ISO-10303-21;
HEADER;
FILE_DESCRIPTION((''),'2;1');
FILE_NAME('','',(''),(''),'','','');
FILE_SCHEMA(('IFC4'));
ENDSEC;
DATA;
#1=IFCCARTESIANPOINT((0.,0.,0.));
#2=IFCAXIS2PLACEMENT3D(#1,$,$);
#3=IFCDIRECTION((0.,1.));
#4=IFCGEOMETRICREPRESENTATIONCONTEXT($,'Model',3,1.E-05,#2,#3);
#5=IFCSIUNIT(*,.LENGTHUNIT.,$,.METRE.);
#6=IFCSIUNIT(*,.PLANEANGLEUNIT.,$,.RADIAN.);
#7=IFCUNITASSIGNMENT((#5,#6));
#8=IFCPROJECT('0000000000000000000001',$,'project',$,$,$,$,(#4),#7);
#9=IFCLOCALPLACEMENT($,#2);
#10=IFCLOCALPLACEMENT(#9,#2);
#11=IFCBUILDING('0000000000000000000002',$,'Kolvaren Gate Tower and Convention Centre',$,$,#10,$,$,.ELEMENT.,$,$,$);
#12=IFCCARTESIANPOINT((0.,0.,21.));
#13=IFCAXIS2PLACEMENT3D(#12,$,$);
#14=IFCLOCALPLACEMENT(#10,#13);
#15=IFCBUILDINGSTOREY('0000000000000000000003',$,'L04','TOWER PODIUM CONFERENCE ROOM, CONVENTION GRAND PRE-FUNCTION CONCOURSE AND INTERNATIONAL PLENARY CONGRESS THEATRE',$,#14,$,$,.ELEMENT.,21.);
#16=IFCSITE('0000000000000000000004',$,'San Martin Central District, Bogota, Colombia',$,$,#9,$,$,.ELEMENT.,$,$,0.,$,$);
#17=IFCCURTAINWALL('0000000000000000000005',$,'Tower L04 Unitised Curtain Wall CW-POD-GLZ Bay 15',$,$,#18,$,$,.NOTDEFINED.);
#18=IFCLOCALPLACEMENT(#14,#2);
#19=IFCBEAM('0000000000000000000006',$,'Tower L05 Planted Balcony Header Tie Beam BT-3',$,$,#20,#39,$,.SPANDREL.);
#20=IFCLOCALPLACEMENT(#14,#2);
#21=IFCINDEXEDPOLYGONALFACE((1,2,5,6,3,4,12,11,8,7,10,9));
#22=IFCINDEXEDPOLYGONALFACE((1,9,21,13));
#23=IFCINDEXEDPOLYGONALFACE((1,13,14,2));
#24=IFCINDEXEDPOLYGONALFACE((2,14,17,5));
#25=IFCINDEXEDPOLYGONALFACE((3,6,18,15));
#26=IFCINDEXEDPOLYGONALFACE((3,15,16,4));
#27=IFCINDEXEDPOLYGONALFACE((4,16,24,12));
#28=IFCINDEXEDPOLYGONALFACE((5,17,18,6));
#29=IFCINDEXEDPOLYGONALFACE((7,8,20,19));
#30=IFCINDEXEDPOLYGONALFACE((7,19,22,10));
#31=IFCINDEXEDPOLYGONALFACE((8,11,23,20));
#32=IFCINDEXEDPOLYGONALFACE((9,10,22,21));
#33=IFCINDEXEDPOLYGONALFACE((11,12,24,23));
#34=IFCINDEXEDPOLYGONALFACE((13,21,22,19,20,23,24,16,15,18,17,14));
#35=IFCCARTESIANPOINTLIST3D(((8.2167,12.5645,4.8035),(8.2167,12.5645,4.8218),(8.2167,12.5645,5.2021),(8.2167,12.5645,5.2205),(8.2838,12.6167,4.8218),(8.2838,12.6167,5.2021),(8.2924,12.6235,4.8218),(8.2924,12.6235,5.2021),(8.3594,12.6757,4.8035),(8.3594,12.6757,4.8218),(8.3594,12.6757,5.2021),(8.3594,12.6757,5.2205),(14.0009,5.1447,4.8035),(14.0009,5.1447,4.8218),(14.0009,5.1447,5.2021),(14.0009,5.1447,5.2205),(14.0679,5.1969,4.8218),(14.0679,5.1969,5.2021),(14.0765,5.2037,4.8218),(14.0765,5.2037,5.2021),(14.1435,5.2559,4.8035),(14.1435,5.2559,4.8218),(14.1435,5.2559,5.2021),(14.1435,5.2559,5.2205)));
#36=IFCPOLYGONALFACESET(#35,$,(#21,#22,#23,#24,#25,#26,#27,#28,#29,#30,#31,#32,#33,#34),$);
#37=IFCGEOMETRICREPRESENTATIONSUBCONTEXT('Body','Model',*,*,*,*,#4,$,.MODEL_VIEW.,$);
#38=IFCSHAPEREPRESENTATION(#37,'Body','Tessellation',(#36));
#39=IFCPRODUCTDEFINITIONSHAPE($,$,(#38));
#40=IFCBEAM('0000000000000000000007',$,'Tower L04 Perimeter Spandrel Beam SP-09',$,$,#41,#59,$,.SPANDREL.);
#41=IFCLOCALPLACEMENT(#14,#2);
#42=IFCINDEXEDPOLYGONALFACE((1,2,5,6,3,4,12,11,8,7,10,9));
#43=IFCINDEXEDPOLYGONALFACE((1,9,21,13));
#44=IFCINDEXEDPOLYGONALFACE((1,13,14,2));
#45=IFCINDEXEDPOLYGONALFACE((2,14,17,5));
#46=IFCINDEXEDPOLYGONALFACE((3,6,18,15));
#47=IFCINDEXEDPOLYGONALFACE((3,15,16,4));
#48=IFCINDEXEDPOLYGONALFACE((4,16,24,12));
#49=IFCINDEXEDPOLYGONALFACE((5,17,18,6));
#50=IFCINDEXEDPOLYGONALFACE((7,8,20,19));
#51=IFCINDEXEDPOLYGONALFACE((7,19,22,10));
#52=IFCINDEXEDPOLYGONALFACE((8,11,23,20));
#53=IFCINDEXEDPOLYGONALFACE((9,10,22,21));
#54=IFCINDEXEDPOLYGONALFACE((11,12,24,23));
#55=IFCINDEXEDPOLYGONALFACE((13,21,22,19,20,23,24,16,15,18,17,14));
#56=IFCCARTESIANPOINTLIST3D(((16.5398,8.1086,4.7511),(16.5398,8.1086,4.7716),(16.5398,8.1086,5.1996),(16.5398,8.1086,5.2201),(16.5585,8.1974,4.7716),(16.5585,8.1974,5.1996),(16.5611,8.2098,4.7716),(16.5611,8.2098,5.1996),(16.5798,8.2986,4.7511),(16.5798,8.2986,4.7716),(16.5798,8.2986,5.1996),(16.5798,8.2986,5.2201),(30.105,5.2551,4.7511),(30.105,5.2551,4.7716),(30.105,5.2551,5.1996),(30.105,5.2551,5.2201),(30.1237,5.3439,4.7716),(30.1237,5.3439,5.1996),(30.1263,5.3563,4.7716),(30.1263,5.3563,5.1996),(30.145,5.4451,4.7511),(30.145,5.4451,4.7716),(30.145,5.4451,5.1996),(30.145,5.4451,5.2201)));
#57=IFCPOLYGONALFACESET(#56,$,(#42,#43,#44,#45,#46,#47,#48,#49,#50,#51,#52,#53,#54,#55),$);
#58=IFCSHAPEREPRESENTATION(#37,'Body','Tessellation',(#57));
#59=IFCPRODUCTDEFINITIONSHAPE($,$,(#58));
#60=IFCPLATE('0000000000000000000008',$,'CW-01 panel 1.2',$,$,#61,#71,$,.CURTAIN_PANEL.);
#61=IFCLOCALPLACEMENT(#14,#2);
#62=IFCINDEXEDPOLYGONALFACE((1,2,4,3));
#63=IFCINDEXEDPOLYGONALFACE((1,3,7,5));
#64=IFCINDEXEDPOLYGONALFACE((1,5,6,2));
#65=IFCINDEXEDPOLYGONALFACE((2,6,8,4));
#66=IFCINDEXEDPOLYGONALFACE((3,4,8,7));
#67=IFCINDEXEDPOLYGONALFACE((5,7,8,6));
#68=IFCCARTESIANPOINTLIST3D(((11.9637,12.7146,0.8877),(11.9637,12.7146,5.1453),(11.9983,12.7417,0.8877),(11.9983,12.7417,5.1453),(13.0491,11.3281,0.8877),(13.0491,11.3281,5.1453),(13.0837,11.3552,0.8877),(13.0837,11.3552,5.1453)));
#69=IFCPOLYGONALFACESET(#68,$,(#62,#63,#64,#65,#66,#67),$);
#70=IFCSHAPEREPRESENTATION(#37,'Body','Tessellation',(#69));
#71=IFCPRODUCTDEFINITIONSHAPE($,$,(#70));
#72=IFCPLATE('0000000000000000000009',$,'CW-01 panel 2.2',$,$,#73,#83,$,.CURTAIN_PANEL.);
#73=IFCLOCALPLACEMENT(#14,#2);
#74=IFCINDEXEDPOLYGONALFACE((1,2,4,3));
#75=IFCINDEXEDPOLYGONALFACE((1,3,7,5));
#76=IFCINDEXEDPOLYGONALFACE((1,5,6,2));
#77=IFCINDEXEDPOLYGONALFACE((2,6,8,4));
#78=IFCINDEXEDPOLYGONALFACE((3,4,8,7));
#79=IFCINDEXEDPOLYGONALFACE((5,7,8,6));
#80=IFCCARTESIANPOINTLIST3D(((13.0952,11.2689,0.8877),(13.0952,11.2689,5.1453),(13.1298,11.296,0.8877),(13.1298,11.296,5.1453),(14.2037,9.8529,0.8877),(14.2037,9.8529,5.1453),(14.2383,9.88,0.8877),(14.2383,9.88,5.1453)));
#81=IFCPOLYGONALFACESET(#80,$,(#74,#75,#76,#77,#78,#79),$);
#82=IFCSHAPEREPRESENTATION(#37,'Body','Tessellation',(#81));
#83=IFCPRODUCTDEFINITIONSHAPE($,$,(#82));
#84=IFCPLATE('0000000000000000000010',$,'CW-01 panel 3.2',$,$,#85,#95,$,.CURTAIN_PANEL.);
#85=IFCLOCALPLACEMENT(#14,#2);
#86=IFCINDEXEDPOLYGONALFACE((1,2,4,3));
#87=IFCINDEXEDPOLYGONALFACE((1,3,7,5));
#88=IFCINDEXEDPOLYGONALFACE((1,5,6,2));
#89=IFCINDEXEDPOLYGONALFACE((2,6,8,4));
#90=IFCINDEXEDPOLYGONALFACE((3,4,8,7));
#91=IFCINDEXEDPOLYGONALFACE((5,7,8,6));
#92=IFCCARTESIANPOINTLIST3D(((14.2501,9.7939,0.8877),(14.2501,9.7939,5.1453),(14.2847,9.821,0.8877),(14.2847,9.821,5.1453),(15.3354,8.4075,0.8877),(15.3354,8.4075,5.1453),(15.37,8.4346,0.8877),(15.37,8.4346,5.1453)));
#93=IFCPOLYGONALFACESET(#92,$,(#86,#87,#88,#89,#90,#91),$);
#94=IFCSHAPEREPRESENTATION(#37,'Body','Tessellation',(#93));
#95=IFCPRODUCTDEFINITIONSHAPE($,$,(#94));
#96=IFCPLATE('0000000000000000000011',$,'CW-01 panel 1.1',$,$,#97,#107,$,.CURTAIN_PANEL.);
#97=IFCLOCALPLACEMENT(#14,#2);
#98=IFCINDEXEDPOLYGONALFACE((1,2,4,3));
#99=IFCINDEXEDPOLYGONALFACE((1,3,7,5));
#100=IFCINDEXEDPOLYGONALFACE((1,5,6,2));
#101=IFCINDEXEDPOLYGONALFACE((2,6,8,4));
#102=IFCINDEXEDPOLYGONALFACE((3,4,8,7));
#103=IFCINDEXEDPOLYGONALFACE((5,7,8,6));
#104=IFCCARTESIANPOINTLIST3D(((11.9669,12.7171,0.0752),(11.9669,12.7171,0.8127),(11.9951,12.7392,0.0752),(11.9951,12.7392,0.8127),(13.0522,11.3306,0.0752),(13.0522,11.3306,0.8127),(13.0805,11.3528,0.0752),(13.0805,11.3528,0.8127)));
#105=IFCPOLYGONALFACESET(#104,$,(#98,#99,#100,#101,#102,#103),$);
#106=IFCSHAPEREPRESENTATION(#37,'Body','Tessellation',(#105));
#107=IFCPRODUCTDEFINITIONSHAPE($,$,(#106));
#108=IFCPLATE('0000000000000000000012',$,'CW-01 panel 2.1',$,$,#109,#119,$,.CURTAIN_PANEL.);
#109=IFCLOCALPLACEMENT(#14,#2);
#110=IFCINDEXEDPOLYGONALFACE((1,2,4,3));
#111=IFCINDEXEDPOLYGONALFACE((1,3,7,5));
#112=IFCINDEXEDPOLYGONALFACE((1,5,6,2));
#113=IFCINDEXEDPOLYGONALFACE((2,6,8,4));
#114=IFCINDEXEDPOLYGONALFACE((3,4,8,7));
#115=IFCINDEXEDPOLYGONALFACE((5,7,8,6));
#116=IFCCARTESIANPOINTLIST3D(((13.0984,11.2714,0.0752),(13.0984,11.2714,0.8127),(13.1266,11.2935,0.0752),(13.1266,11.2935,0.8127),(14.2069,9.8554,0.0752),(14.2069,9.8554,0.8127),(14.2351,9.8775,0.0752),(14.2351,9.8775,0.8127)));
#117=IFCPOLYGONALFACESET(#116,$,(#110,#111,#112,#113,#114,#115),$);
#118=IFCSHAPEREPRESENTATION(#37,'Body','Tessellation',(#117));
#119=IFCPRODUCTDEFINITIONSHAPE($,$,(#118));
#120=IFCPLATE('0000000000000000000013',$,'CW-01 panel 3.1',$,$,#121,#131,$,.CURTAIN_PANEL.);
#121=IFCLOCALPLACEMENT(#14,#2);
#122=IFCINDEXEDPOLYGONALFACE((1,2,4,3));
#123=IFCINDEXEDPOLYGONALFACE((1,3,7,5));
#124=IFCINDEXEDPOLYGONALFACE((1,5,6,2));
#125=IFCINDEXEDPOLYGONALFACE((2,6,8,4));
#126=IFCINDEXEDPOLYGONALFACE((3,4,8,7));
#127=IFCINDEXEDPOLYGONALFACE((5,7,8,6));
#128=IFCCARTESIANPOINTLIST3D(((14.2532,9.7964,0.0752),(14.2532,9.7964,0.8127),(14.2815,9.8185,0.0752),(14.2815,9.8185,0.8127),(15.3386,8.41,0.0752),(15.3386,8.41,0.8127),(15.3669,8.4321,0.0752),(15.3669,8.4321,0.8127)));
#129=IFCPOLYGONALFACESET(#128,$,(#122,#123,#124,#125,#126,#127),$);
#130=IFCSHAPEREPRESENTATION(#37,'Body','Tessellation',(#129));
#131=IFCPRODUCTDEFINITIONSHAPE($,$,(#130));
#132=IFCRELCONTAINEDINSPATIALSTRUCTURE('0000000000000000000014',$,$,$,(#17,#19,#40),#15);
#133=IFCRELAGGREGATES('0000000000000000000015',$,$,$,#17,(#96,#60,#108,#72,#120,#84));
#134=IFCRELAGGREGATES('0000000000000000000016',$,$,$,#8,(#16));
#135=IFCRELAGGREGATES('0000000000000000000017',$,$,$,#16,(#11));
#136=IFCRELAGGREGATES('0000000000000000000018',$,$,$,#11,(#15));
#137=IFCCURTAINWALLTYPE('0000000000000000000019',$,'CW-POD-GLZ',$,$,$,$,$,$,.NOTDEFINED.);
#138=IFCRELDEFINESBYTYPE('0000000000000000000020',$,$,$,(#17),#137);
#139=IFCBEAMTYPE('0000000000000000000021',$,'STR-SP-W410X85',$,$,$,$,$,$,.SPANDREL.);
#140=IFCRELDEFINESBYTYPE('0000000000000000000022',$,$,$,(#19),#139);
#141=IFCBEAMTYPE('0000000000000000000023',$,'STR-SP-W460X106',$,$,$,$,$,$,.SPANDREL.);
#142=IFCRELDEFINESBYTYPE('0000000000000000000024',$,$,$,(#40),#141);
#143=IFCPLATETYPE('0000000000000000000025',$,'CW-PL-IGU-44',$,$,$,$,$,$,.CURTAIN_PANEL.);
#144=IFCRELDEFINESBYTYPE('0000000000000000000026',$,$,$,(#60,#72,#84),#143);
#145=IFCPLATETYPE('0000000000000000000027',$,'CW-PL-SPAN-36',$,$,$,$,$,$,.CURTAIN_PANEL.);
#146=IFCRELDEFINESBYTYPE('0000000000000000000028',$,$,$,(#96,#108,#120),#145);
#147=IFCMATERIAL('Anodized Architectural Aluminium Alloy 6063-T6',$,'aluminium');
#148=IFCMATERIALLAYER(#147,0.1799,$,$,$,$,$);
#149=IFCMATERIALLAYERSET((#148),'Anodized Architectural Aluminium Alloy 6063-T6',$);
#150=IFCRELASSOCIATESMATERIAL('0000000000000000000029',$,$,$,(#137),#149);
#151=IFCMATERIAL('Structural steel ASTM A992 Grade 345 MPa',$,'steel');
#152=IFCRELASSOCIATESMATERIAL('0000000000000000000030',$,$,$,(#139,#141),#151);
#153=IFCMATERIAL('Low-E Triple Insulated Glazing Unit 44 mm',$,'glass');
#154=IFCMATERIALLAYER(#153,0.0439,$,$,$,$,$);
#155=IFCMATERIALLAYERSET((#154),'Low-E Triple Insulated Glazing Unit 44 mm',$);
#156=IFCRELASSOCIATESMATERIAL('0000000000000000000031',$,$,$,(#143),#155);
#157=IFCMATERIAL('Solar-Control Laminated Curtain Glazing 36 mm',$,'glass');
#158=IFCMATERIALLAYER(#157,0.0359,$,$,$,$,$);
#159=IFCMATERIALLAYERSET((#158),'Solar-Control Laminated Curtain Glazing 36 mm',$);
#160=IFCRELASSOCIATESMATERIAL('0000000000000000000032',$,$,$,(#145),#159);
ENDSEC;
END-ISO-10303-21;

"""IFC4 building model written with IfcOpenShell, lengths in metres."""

from ifc_helpers import new_model, si_unit, direction, frame, origin, origin_2d, place, context, subcontext, project, spatial, rectangle, i_section, extrude, material, layer, layer_set, material_profile, profile_set, type_object, element, aggregate, save


model = new_model("IFC4")

# Units and contexts
model_context = context("Model", 3, precision=1e-05, world=origin(), true_north=direction((0.0, 1.0)))
body_context = subcontext(model_context, "Body", "Model", "MODEL_VIEW")
ifc_project = project(units=[si_unit("LENGTHUNIT", "METRE"), si_unit("PLANEANGLEUNIT", "RADIAN")], contexts=[model_context])

# Site, building, storey
site_placement = place(None, origin())
site = spatial("IfcSite", under=ifc_project, at=site_placement, Name="San Martin Central District, Bogota, Colombia", CompositionType="ELEMENT", RefElevation=0.0)
building_placement = place(site_placement, origin())
building = spatial("IfcBuilding", under=site, at=building_placement, Name="Kolvaren Gate Tower and Convention Centre", CompositionType="ELEMENT")
storey_placement = place(building_placement, frame((0.0, 0.0, 21.0)))
storey = spatial("IfcBuildingStorey", under=building, at=storey_placement, Name="L04", Description="TOWER PODIUM CONFERENCE ROOM, CONVENTION GRAND PRE-FUNCTION CONCOURSE AND INTERNATIONAL PLENARY CONGRESS THEATRE", CompositionType="ELEMENT", Elevation=21.0)

# Curtain wall
ifc_material_1 = material(Name="Anodized Architectural Aluminium Alloy 6063-T6", Category="aluminium")
ifc_layer_1 = layer(ifc_material_1, 0.1799)
ifc_layer_set_1 = layer_set([ifc_layer_1], Name="Anodized Architectural Aluminium Alloy 6063-T6")
curtain_wall_type = type_object("IfcCurtainWallType", Name="CW-POD-GLZ", PredefinedType="NOTDEFINED", material=ifc_layer_set_1)
curtain_wall_1_placement = place(storey_placement, origin())
curtain_wall_1 = element("IfcCurtainWall", 1, at=curtain_wall_1_placement, inside=storey, type_object=curtain_wall_type, Name="Tower L04 Unitised Curtain Wall CW-POD-GLZ Bay 15", PredefinedType="NOTDEFINED")

# Beams
ifc_material_2 = material(Name="Structural steel ASTM A992 Grade 345 MPa", Category="steel")
ifc_material_profile_1 = material_profile(ifc_material_2, i_section(OverallWidth=0.1809, OverallDepth=0.417, WebThickness=0.011, FlangeThickness=0.0183, at=origin_2d()), Name="W410X85")
ifc_profile_set_1 = profile_set([ifc_material_profile_1], Name="Structural steel ASTM A992 Grade 345 MPa")
beam_type_1 = type_object("IfcBeamType", Name="STR-SP-W410X85", PredefinedType="SPANDREL", material=ifc_profile_set_1)
beam_1_placement = place(storey_placement, frame((8.2881, 12.6201, 5.012), z_axis=(0.61481, -0.788675, 0.0), x_axis=(0.788675, 0.61481, 0.0)))
element("IfcBeam", 2, at=beam_1_placement, inside=storey, type_object=beam_type_1, Name="Tower L05 Planted Balcony Header Tie Beam BT-3", PredefinedType="SPANDREL", context=body_context, shape_type="SweptSolid", body=[
    extrude(i_section(OverallWidth=0.1809, OverallDepth=0.417, WebThickness=0.011, FlangeThickness=0.0183, at=origin_2d()), origin(), (0.0, 0.0, 1.0), 9.408),
])
ifc_material_profile_2 = material_profile(ifc_material_2, i_section(OverallWidth=0.1941, OverallDepth=0.469, WebThickness=0.0127, FlangeThickness=0.0205, at=origin_2d()), Name="W460X106")
ifc_profile_set_2 = profile_set([ifc_material_profile_2], Name="Structural steel ASTM A992 Grade 345 MPa")
beam_type_2 = type_object("IfcBeamType", Name="STR-SP-W460X106", PredefinedType="SPANDREL", material=ifc_profile_set_2)
beam_2_placement = place(storey_placement, frame((16.5598, 8.2036, 4.9856), z_axis=(0.978583, -0.205851, 0.0), x_axis=(0.205851, 0.978583, 0.0)))
element("IfcBeam", 3, at=beam_2_placement, inside=storey, type_object=beam_type_2, Name="Tower L04 Perimeter Spandrel Beam SP-09", PredefinedType="SPANDREL", context=body_context, shape_type="SweptSolid", body=[
    extrude(i_section(OverallWidth=0.1941, OverallDepth=0.469, WebThickness=0.0127, FlangeThickness=0.0205, at=origin_2d()), origin(), (0.0, 0.0, 1.0), 13.8621),
])

# Plates
ifc_material_3 = material(Name="Low-E Triple Insulated Glazing Unit 44 mm", Category="glass")
ifc_layer_2 = layer(ifc_material_3, 0.0439)
ifc_layer_set_2 = layer_set([ifc_layer_2], Name="Low-E Triple Insulated Glazing Unit 44 mm")
plate_type_1 = type_object("IfcPlateType", Name="CW-PL-IGU-44", PredefinedType="CURTAIN_PANEL", material=ifc_layer_set_2)
plate_1_placement = place(storey_placement, frame((12.5237, 12.0349, 0.8877), z_axis=(0.0, 0.0, 1.0), x_axis=(0.616421, -0.787417, 0.0)))
plate_1 = element("IfcPlate", 4, at=plate_1_placement, type_object=plate_type_1, Name="CW-01 panel 1.2", PredefinedType="CURTAIN_PANEL", context=body_context, shape_type="SweptSolid", body=[
    extrude(rectangle(XDim=1.7607, YDim=0.0439, at=origin_2d()), origin(), (0.0, 0.0, 1.0), 4.2576),
])
plate_2_placement = place(storey_placement, frame((13.6667, 10.5745, 0.8877), z_axis=(0.0, 0.0, 1.0), x_axis=(0.616421, -0.787417, 0.0)))
plate_2 = element("IfcPlate", 5, at=plate_2_placement, type_object=plate_type_1, Name="CW-01 panel 2.2", PredefinedType="CURTAIN_PANEL", context=body_context, shape_type="SweptSolid", body=[
    extrude(rectangle(XDim=1.7983, YDim=0.0439, at=origin_2d()), origin(), (0.0, 0.0, 1.0), 4.2576),
])
plate_3_placement = place(storey_placement, frame((14.8101, 9.1143, 0.8877), z_axis=(0.0, 0.0, 1.0), x_axis=(0.616421, -0.787417, 0.0)))
plate_3 = element("IfcPlate", 6, at=plate_3_placement, type_object=plate_type_1, Name="CW-01 panel 3.2", PredefinedType="CURTAIN_PANEL", context=body_context, shape_type="SweptSolid", body=[
    extrude(rectangle(XDim=1.7607, YDim=0.0439, at=origin_2d()), origin(), (0.0, 0.0, 1.0), 4.2576),
])
ifc_material_4 = material(Name="Solar-Control Laminated Curtain Glazing 36 mm", Category="glass")
ifc_layer_3 = layer(ifc_material_4, 0.0359)
ifc_layer_set_3 = layer_set([ifc_layer_3], Name="Solar-Control Laminated Curtain Glazing 36 mm")
plate_type_2 = type_object("IfcPlateType", Name="CW-PL-SPAN-36", PredefinedType="CURTAIN_PANEL", material=ifc_layer_set_3)
plate_4_placement = place(storey_placement, frame((12.5237, 12.0349, 0.0752), z_axis=(0.0, 0.0, 1.0), x_axis=(0.616421, -0.787417, 0.0)))
plate_4 = element("IfcPlate", 7, at=plate_4_placement, type_object=plate_type_2, Name="CW-01 panel 1.1", PredefinedType="CURTAIN_PANEL", context=body_context, shape_type="SweptSolid", body=[
    extrude(rectangle(XDim=1.7607, YDim=0.0359, at=origin_2d()), origin(), (0.0, 0.0, 1.0), 0.7375),
])
plate_5_placement = place(storey_placement, frame((13.6667, 10.5745, 0.0752), z_axis=(0.0, 0.0, 1.0), x_axis=(0.616421, -0.787417, 0.0)))
plate_5 = element("IfcPlate", 8, at=plate_5_placement, type_object=plate_type_2, Name="CW-01 panel 2.1", PredefinedType="CURTAIN_PANEL", context=body_context, shape_type="SweptSolid", body=[
    extrude(rectangle(XDim=1.7983, YDim=0.0359, at=origin_2d()), origin(), (0.0, 0.0, 1.0), 0.7375),
])
plate_6_placement = place(storey_placement, frame((14.8101, 9.1143, 0.0752), z_axis=(0.0, 0.0, 1.0), x_axis=(0.616421, -0.787417, 0.0)))
plate_6 = element("IfcPlate", 9, at=plate_6_placement, type_object=plate_type_2, Name="CW-01 panel 3.1", PredefinedType="CURTAIN_PANEL", context=body_context, shape_type="SweptSolid", body=[
    extrude(rectangle(XDim=1.7607, YDim=0.0359, at=origin_2d()), origin(), (0.0, 0.0, 1.0), 0.7375),
])
aggregate(curtain_wall_1, [plate_4, plate_1, plate_5, plate_2, plate_6, plate_3])

save(model, "model.ifc")
